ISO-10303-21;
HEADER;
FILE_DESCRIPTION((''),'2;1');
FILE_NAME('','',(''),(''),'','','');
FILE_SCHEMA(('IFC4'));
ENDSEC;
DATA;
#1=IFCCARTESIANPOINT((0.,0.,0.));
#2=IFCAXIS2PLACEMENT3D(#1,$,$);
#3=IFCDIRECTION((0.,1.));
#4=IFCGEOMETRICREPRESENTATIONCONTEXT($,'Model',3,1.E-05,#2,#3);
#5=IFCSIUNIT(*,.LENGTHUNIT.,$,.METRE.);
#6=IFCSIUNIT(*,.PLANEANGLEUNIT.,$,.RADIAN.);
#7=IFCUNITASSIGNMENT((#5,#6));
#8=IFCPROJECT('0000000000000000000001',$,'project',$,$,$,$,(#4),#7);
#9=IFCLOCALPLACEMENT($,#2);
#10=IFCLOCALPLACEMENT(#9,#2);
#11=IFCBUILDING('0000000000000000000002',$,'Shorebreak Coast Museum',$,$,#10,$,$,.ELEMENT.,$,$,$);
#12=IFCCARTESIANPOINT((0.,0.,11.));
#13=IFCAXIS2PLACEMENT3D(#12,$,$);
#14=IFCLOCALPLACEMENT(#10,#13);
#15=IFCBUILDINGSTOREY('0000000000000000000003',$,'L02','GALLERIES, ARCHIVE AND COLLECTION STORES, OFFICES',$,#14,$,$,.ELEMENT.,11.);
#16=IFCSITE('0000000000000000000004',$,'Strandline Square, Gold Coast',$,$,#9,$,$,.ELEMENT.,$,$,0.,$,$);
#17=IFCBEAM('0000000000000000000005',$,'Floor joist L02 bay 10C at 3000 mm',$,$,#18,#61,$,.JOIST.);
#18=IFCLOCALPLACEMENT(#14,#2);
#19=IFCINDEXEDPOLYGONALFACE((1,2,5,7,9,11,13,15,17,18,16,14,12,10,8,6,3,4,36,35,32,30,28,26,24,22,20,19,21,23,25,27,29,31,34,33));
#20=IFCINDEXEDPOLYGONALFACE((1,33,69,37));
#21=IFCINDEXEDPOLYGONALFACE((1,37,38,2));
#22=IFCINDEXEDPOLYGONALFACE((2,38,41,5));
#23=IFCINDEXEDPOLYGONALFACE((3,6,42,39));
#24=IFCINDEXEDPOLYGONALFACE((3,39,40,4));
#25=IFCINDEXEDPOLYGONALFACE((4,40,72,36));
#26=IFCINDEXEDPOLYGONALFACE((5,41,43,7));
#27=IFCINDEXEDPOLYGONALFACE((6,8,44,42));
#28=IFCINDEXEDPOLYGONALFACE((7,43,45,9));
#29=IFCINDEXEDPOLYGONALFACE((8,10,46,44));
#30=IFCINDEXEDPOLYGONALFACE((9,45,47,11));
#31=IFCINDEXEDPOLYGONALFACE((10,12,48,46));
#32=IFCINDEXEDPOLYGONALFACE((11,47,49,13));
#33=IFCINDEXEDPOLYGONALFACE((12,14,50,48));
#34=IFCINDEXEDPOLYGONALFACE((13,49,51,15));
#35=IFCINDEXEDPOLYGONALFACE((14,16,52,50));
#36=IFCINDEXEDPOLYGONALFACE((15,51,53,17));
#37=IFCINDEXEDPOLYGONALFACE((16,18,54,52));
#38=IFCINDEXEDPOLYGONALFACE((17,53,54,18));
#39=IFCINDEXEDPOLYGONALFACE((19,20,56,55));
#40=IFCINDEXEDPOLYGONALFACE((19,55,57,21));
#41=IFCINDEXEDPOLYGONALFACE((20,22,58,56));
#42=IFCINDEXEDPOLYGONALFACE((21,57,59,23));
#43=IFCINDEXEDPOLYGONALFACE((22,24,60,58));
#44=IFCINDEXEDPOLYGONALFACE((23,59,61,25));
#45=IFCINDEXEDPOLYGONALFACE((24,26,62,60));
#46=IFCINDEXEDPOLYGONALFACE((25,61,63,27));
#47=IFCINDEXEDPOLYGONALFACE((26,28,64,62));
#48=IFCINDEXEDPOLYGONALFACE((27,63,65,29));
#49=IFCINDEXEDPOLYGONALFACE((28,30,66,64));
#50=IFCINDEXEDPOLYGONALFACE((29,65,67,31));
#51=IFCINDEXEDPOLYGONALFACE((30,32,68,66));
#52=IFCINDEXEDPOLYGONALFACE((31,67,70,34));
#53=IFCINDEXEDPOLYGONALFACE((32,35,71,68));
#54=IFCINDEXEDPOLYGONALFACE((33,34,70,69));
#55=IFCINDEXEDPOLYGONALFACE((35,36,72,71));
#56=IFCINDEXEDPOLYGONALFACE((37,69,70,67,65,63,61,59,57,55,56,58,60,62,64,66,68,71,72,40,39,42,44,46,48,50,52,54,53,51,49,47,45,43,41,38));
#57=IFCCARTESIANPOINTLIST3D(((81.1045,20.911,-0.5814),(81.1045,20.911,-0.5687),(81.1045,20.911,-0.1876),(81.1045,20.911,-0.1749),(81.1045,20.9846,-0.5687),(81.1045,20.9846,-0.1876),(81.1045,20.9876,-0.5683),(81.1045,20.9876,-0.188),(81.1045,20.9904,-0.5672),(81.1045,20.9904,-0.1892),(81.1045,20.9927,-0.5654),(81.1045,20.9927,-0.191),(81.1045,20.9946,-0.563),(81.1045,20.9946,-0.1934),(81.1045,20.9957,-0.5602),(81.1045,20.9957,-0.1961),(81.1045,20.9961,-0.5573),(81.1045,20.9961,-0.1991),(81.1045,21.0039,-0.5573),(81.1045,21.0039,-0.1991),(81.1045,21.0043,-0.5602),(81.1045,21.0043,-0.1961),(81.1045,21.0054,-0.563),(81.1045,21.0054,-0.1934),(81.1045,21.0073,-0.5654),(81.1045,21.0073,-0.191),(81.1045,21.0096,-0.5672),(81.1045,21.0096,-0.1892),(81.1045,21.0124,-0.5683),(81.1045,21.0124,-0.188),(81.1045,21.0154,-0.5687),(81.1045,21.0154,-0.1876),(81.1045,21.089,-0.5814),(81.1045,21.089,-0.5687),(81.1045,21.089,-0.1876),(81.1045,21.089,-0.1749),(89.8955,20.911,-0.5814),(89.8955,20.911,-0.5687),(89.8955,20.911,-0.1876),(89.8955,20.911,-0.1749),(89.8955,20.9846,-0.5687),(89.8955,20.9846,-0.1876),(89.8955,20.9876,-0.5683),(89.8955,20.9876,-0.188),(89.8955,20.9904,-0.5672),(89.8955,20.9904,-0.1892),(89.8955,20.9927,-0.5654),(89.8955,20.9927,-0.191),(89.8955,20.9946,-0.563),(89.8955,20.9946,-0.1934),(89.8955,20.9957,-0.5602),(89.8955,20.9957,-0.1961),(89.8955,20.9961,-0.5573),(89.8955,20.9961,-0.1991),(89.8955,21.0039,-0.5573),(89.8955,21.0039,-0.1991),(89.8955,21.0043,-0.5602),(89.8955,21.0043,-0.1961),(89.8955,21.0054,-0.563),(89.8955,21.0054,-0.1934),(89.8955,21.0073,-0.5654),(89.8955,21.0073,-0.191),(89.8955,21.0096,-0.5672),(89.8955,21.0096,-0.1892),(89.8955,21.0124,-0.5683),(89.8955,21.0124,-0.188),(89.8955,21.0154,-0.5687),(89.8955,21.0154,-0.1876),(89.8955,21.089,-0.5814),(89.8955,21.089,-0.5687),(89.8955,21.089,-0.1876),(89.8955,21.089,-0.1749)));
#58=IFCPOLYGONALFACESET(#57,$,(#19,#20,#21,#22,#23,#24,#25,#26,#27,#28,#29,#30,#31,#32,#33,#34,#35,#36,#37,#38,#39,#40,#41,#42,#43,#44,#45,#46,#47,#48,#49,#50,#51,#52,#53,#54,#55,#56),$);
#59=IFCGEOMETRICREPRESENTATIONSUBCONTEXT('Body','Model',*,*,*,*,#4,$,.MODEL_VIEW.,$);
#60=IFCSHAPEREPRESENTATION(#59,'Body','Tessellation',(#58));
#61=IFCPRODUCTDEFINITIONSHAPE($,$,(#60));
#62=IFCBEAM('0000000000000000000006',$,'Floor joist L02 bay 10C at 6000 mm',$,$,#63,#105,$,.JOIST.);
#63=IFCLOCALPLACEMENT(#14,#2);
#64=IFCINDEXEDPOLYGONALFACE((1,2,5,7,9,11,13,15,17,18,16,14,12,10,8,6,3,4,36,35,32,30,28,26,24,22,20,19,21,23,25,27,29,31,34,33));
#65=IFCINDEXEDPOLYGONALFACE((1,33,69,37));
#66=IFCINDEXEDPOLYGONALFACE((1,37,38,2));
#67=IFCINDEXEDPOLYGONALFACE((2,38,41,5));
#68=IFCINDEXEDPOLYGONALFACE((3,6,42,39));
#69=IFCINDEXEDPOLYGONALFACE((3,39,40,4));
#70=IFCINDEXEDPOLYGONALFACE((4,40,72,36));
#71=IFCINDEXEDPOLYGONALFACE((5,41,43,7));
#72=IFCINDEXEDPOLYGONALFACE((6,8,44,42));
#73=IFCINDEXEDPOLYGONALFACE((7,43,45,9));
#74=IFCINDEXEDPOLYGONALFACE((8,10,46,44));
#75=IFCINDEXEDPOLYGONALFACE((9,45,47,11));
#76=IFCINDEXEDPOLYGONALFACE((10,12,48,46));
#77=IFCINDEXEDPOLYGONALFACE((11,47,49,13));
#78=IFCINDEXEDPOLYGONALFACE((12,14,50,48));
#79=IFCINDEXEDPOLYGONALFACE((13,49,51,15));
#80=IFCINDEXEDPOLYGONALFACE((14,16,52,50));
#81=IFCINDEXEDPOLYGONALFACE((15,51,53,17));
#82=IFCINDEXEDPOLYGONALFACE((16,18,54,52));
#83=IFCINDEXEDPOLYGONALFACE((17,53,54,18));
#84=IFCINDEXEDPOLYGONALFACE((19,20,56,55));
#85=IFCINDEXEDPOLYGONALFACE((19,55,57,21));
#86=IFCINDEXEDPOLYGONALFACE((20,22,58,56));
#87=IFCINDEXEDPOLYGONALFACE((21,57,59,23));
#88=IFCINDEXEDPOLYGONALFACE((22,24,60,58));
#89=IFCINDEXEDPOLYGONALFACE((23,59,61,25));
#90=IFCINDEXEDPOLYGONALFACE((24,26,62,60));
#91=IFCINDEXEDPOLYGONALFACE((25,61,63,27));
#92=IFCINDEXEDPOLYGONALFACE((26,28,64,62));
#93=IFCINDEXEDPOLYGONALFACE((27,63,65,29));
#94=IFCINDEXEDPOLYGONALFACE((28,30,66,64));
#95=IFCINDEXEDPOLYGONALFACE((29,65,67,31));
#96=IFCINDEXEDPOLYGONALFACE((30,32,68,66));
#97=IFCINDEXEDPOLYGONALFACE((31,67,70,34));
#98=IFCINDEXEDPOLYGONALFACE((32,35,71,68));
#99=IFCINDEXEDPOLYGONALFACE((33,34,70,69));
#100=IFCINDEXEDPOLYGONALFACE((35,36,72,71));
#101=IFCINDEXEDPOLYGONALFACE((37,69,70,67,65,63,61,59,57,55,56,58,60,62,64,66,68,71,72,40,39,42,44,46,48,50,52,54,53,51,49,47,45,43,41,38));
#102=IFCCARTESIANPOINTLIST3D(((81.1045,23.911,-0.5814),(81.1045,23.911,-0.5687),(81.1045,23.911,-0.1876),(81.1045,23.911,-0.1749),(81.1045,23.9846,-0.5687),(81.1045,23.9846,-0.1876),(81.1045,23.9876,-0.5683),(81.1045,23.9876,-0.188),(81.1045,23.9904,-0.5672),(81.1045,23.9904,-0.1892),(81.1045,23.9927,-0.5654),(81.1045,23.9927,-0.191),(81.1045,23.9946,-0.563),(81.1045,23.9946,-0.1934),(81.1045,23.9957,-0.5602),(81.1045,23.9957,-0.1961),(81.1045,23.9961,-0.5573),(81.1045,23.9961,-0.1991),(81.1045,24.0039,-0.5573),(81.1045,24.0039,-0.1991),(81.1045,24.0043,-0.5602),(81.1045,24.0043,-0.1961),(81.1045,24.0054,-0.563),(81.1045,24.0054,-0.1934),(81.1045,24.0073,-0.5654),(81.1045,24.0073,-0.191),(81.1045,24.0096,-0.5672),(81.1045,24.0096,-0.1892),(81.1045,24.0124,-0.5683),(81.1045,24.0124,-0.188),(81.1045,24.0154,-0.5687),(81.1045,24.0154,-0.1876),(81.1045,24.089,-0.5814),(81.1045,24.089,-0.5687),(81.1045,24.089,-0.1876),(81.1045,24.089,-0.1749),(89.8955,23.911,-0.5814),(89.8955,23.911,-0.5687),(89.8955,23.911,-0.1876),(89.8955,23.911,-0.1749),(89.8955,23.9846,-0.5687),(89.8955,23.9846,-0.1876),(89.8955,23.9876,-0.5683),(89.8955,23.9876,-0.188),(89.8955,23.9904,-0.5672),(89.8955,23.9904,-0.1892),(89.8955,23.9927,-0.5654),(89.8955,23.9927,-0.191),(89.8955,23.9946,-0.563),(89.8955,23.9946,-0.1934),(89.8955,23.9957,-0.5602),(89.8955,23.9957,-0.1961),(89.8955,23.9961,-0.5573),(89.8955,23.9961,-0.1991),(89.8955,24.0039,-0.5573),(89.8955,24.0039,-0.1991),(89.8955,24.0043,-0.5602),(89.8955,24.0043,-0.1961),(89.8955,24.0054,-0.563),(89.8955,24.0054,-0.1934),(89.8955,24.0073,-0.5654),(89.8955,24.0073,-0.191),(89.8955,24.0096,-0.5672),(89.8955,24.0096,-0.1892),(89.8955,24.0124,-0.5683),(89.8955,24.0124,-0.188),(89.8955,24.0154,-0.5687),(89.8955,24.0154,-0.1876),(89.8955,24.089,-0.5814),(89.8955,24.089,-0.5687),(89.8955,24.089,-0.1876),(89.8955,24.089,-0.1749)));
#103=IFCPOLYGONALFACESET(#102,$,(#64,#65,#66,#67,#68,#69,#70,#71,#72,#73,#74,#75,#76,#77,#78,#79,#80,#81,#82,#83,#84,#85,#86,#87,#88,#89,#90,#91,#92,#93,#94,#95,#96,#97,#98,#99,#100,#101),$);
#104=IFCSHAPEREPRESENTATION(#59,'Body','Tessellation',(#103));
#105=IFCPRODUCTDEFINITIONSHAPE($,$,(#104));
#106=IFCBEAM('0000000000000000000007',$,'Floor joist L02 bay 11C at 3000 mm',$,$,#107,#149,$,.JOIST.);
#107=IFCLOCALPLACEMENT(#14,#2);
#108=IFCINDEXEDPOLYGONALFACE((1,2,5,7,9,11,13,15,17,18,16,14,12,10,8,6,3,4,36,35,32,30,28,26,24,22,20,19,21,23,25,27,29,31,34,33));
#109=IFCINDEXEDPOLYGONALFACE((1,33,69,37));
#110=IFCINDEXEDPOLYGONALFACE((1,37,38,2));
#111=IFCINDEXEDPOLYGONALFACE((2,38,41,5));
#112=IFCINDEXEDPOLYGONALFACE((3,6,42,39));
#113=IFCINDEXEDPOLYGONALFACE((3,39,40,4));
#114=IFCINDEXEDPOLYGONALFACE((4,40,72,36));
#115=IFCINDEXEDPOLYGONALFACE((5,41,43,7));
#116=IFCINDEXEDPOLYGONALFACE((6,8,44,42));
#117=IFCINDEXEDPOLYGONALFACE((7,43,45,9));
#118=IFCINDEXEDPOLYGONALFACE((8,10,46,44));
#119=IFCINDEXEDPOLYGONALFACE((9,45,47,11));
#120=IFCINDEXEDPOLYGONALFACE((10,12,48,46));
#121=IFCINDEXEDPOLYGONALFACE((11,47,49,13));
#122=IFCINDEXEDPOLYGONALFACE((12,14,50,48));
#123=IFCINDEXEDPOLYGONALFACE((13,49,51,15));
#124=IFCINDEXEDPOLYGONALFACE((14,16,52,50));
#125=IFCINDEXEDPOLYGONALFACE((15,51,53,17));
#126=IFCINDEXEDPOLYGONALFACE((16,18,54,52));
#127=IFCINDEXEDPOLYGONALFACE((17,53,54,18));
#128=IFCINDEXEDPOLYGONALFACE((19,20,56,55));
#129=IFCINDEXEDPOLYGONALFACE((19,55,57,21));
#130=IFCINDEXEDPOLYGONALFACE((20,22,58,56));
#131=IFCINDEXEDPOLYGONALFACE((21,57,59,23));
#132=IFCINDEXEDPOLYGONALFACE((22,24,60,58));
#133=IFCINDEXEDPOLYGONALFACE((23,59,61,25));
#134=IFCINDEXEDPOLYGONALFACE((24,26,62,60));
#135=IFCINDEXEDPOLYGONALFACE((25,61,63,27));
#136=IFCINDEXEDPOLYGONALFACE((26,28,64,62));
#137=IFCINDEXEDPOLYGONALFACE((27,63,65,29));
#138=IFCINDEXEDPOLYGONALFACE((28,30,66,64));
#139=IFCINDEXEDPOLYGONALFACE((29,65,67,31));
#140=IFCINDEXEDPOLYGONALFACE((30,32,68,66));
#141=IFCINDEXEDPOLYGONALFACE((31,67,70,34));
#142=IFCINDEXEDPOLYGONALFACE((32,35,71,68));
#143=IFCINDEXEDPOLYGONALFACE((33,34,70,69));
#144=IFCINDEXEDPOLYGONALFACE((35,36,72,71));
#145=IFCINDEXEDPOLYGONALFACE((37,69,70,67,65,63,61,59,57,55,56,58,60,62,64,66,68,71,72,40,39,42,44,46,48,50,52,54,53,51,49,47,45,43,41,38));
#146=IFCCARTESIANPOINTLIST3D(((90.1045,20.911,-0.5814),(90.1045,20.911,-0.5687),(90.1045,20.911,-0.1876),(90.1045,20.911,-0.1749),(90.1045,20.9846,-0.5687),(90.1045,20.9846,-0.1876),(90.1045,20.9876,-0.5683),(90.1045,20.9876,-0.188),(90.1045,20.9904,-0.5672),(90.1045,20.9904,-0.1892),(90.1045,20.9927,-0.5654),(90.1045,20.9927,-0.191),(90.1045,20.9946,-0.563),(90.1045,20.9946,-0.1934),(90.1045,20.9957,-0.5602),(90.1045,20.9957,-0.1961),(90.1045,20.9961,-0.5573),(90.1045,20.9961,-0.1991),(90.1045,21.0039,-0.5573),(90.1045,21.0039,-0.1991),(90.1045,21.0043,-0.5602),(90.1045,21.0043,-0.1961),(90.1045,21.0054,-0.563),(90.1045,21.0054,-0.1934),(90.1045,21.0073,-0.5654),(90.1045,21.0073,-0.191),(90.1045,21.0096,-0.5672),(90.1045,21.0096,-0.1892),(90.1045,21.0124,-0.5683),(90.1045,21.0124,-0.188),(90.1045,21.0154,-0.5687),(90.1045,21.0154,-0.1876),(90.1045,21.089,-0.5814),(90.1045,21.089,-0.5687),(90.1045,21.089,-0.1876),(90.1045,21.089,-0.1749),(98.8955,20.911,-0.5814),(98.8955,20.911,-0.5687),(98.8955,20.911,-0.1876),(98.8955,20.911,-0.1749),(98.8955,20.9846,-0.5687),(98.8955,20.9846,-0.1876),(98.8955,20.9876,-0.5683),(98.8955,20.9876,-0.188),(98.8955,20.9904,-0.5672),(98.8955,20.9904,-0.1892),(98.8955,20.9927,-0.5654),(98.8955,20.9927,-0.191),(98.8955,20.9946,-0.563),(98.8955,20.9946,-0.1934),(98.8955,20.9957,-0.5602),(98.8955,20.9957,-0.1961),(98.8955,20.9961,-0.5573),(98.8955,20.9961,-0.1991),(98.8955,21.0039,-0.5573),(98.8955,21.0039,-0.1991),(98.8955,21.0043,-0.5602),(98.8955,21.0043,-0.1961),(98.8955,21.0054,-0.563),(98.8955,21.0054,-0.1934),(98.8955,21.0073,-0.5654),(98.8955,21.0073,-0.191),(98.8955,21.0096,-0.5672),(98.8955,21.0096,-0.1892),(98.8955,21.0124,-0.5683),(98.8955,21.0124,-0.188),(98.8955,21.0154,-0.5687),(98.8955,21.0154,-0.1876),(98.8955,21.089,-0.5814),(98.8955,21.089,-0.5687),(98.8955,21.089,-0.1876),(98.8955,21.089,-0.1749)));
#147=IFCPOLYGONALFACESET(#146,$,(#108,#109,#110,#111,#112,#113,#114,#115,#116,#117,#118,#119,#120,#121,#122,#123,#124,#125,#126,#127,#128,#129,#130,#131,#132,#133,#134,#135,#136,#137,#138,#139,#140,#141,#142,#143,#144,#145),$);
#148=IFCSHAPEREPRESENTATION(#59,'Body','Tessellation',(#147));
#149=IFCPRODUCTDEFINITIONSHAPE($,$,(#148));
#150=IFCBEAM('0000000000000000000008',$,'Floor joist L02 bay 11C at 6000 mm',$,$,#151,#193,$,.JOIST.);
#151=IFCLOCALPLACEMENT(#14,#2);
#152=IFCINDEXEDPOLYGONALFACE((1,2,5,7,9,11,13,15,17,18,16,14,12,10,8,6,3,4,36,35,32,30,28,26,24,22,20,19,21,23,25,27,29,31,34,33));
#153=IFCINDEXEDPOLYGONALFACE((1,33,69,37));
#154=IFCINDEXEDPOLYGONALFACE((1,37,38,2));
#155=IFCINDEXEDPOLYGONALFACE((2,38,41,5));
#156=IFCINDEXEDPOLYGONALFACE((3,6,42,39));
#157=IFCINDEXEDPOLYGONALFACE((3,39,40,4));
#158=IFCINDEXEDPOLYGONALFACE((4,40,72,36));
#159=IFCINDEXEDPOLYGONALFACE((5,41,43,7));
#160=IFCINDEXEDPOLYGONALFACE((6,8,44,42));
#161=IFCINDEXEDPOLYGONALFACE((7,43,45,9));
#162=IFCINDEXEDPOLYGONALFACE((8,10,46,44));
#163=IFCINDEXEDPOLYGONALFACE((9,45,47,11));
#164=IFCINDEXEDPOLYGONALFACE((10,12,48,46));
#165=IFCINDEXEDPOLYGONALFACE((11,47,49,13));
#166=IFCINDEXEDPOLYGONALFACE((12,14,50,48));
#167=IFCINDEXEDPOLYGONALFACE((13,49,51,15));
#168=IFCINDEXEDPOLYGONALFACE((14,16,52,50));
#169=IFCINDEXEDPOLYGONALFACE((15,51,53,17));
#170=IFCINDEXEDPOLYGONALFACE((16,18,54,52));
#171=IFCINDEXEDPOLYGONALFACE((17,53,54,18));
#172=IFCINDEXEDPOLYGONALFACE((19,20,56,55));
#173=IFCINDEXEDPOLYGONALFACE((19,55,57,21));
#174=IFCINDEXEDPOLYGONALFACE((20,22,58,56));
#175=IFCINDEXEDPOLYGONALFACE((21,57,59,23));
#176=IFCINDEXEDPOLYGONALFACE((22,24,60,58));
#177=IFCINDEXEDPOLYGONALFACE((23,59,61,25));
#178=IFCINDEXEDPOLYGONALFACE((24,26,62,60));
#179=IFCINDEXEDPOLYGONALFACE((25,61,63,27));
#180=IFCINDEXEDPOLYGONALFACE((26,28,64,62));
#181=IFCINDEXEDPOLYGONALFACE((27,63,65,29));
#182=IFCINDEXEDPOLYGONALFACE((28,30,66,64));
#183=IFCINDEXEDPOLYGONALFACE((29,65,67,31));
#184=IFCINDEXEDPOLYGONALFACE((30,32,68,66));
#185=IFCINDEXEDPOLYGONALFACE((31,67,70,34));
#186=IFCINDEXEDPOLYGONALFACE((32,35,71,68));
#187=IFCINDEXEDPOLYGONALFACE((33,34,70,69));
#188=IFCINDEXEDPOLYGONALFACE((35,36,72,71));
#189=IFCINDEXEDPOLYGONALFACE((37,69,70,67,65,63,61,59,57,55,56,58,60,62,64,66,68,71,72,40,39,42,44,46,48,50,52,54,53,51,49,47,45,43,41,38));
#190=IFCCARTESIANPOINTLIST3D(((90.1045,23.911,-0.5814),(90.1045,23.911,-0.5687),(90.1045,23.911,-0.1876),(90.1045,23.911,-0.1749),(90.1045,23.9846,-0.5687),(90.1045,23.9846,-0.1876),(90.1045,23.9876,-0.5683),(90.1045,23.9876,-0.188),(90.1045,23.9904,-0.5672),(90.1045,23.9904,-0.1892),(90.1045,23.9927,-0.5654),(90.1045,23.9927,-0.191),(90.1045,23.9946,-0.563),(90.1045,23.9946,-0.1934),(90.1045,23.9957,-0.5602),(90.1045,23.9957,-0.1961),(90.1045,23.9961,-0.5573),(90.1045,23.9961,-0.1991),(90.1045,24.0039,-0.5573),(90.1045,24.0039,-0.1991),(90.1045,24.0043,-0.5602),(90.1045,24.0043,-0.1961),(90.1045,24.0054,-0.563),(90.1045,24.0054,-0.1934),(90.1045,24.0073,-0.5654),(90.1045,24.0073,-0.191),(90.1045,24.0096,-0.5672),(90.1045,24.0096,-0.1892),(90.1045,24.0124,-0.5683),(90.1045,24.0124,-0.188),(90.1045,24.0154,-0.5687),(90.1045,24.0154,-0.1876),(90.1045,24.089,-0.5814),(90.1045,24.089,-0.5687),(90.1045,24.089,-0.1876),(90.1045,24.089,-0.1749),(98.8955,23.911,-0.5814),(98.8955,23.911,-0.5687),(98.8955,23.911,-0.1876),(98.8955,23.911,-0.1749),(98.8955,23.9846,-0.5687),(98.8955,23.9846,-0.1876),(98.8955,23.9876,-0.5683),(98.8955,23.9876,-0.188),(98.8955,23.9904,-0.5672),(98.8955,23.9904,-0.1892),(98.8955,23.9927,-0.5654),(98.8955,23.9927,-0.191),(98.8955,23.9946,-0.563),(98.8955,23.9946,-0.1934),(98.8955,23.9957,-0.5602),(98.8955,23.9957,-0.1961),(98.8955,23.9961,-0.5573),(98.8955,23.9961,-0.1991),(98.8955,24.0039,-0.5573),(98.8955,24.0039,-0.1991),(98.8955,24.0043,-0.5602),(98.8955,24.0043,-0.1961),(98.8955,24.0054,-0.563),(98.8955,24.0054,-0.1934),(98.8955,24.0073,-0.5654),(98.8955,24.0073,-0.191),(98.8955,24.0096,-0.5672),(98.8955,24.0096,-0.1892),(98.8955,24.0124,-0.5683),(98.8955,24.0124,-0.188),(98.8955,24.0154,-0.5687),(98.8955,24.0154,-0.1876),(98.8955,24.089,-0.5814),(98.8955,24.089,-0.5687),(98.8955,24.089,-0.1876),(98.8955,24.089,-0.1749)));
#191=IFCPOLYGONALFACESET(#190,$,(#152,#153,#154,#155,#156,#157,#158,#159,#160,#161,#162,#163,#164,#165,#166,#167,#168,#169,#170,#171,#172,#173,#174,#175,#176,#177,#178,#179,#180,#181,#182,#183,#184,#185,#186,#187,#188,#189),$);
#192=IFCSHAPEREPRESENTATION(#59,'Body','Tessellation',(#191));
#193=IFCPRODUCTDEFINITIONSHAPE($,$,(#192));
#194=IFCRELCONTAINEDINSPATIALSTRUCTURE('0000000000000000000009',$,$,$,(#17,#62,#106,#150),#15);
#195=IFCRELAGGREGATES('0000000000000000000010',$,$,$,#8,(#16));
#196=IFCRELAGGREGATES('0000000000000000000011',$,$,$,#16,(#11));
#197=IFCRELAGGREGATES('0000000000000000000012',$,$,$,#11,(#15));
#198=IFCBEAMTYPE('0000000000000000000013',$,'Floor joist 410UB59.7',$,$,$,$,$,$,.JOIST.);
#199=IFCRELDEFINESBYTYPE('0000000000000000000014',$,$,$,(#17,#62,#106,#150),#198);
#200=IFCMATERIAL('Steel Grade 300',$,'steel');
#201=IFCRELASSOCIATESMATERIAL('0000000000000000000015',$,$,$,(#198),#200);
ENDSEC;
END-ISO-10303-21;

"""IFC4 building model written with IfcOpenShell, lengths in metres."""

from ifc_helpers import new_model, si_unit, direction, frame, origin, origin_2d, place, context, subcontext, project, spatial, i_section, extrude, material, material_profile, profile_set, type_object, element, save


model = new_model("IFC4")

# Units and contexts
model_context = context("Model", 3, precision=1e-05, world=origin(), true_north=direction((0.0, 1.0)))
body_context = subcontext(model_context, "Body", "Model", "MODEL_VIEW")
ifc_project = project(units=[si_unit("LENGTHUNIT", "METRE"), si_unit("PLANEANGLEUNIT", "RADIAN")], contexts=[model_context])

# Site, building, storey
site_placement = place(None, origin())
site = spatial("IfcSite", under=ifc_project, at=site_placement, Name="Strandline Square, Gold Coast", CompositionType="ELEMENT", RefElevation=0.0)
building_placement = place(site_placement, origin())
building = spatial("IfcBuilding", under=site, at=building_placement, Name="Shorebreak Coast Museum", CompositionType="ELEMENT")
storey_placement = place(building_placement, frame((0.0, 0.0, 11.0)))
storey = spatial("IfcBuildingStorey", under=building, at=storey_placement, Name="L02", Description="GALLERIES, ARCHIVE AND COLLECTION STORES, OFFICES", CompositionType="ELEMENT", Elevation=11.0)

# Beams
ifc_material_1 = material(Name="Steel Grade 300", Category="steel")
ifc_material_profile_1 = material_profile(ifc_material_1, i_section(OverallWidth=0.178, OverallDepth=0.4065, WebThickness=0.0078, FlangeThickness=0.0127, FilletRadius=0.0115, at=origin_2d()), Name="410UB59.7")
ifc_profile_set_1 = profile_set([ifc_material_profile_1], Name="Steel Grade 300")
beam_type_1 = type_object("IfcBeamType", Name="Floor joist 410UB59.7", PredefinedType="JOIST", material=ifc_profile_set_1)
for number, where, z_axis, x_axis, name in (
    (1, (81.1045, 21.0, -0.3782), (1.0, 0.0, 0.0), (0.0, 1.0, 0.0), "Floor joist L02 bay 10C at 3000 mm"),
    (2, (81.1045, 24.0, -0.3782), (1.0, 0.0, 0.0), (0.0, 1.0, 0.0), "Floor joist L02 bay 10C at 6000 mm"),
    (3, (90.1045, 21.0, -0.3782), (1.0, 0.0, 0.0), (0.0, 1.0, 0.0), "Floor joist L02 bay 11C at 3000 mm"),
    (4, (90.1045, 24.0, -0.3782), (1.0, 0.0, 0.0), (0.0, 1.0, 0.0), "Floor joist L02 bay 11C at 6000 mm"),
):
    element("IfcBeam", number, at=place(storey_placement, frame(where, z_axis=z_axis, x_axis=x_axis)), inside=storey, type_object=beam_type_1, Name=name, PredefinedType="JOIST", context=body_context, shape_type="SweptSolid", body=[
        extrude(i_section(OverallWidth=0.178, OverallDepth=0.4065, WebThickness=0.0078, FlangeThickness=0.0127, FilletRadius=0.0115, at=origin_2d()), origin(), (0.0, 0.0, 1.0), 8.791),
    ])

save(model, "model.ifc")
